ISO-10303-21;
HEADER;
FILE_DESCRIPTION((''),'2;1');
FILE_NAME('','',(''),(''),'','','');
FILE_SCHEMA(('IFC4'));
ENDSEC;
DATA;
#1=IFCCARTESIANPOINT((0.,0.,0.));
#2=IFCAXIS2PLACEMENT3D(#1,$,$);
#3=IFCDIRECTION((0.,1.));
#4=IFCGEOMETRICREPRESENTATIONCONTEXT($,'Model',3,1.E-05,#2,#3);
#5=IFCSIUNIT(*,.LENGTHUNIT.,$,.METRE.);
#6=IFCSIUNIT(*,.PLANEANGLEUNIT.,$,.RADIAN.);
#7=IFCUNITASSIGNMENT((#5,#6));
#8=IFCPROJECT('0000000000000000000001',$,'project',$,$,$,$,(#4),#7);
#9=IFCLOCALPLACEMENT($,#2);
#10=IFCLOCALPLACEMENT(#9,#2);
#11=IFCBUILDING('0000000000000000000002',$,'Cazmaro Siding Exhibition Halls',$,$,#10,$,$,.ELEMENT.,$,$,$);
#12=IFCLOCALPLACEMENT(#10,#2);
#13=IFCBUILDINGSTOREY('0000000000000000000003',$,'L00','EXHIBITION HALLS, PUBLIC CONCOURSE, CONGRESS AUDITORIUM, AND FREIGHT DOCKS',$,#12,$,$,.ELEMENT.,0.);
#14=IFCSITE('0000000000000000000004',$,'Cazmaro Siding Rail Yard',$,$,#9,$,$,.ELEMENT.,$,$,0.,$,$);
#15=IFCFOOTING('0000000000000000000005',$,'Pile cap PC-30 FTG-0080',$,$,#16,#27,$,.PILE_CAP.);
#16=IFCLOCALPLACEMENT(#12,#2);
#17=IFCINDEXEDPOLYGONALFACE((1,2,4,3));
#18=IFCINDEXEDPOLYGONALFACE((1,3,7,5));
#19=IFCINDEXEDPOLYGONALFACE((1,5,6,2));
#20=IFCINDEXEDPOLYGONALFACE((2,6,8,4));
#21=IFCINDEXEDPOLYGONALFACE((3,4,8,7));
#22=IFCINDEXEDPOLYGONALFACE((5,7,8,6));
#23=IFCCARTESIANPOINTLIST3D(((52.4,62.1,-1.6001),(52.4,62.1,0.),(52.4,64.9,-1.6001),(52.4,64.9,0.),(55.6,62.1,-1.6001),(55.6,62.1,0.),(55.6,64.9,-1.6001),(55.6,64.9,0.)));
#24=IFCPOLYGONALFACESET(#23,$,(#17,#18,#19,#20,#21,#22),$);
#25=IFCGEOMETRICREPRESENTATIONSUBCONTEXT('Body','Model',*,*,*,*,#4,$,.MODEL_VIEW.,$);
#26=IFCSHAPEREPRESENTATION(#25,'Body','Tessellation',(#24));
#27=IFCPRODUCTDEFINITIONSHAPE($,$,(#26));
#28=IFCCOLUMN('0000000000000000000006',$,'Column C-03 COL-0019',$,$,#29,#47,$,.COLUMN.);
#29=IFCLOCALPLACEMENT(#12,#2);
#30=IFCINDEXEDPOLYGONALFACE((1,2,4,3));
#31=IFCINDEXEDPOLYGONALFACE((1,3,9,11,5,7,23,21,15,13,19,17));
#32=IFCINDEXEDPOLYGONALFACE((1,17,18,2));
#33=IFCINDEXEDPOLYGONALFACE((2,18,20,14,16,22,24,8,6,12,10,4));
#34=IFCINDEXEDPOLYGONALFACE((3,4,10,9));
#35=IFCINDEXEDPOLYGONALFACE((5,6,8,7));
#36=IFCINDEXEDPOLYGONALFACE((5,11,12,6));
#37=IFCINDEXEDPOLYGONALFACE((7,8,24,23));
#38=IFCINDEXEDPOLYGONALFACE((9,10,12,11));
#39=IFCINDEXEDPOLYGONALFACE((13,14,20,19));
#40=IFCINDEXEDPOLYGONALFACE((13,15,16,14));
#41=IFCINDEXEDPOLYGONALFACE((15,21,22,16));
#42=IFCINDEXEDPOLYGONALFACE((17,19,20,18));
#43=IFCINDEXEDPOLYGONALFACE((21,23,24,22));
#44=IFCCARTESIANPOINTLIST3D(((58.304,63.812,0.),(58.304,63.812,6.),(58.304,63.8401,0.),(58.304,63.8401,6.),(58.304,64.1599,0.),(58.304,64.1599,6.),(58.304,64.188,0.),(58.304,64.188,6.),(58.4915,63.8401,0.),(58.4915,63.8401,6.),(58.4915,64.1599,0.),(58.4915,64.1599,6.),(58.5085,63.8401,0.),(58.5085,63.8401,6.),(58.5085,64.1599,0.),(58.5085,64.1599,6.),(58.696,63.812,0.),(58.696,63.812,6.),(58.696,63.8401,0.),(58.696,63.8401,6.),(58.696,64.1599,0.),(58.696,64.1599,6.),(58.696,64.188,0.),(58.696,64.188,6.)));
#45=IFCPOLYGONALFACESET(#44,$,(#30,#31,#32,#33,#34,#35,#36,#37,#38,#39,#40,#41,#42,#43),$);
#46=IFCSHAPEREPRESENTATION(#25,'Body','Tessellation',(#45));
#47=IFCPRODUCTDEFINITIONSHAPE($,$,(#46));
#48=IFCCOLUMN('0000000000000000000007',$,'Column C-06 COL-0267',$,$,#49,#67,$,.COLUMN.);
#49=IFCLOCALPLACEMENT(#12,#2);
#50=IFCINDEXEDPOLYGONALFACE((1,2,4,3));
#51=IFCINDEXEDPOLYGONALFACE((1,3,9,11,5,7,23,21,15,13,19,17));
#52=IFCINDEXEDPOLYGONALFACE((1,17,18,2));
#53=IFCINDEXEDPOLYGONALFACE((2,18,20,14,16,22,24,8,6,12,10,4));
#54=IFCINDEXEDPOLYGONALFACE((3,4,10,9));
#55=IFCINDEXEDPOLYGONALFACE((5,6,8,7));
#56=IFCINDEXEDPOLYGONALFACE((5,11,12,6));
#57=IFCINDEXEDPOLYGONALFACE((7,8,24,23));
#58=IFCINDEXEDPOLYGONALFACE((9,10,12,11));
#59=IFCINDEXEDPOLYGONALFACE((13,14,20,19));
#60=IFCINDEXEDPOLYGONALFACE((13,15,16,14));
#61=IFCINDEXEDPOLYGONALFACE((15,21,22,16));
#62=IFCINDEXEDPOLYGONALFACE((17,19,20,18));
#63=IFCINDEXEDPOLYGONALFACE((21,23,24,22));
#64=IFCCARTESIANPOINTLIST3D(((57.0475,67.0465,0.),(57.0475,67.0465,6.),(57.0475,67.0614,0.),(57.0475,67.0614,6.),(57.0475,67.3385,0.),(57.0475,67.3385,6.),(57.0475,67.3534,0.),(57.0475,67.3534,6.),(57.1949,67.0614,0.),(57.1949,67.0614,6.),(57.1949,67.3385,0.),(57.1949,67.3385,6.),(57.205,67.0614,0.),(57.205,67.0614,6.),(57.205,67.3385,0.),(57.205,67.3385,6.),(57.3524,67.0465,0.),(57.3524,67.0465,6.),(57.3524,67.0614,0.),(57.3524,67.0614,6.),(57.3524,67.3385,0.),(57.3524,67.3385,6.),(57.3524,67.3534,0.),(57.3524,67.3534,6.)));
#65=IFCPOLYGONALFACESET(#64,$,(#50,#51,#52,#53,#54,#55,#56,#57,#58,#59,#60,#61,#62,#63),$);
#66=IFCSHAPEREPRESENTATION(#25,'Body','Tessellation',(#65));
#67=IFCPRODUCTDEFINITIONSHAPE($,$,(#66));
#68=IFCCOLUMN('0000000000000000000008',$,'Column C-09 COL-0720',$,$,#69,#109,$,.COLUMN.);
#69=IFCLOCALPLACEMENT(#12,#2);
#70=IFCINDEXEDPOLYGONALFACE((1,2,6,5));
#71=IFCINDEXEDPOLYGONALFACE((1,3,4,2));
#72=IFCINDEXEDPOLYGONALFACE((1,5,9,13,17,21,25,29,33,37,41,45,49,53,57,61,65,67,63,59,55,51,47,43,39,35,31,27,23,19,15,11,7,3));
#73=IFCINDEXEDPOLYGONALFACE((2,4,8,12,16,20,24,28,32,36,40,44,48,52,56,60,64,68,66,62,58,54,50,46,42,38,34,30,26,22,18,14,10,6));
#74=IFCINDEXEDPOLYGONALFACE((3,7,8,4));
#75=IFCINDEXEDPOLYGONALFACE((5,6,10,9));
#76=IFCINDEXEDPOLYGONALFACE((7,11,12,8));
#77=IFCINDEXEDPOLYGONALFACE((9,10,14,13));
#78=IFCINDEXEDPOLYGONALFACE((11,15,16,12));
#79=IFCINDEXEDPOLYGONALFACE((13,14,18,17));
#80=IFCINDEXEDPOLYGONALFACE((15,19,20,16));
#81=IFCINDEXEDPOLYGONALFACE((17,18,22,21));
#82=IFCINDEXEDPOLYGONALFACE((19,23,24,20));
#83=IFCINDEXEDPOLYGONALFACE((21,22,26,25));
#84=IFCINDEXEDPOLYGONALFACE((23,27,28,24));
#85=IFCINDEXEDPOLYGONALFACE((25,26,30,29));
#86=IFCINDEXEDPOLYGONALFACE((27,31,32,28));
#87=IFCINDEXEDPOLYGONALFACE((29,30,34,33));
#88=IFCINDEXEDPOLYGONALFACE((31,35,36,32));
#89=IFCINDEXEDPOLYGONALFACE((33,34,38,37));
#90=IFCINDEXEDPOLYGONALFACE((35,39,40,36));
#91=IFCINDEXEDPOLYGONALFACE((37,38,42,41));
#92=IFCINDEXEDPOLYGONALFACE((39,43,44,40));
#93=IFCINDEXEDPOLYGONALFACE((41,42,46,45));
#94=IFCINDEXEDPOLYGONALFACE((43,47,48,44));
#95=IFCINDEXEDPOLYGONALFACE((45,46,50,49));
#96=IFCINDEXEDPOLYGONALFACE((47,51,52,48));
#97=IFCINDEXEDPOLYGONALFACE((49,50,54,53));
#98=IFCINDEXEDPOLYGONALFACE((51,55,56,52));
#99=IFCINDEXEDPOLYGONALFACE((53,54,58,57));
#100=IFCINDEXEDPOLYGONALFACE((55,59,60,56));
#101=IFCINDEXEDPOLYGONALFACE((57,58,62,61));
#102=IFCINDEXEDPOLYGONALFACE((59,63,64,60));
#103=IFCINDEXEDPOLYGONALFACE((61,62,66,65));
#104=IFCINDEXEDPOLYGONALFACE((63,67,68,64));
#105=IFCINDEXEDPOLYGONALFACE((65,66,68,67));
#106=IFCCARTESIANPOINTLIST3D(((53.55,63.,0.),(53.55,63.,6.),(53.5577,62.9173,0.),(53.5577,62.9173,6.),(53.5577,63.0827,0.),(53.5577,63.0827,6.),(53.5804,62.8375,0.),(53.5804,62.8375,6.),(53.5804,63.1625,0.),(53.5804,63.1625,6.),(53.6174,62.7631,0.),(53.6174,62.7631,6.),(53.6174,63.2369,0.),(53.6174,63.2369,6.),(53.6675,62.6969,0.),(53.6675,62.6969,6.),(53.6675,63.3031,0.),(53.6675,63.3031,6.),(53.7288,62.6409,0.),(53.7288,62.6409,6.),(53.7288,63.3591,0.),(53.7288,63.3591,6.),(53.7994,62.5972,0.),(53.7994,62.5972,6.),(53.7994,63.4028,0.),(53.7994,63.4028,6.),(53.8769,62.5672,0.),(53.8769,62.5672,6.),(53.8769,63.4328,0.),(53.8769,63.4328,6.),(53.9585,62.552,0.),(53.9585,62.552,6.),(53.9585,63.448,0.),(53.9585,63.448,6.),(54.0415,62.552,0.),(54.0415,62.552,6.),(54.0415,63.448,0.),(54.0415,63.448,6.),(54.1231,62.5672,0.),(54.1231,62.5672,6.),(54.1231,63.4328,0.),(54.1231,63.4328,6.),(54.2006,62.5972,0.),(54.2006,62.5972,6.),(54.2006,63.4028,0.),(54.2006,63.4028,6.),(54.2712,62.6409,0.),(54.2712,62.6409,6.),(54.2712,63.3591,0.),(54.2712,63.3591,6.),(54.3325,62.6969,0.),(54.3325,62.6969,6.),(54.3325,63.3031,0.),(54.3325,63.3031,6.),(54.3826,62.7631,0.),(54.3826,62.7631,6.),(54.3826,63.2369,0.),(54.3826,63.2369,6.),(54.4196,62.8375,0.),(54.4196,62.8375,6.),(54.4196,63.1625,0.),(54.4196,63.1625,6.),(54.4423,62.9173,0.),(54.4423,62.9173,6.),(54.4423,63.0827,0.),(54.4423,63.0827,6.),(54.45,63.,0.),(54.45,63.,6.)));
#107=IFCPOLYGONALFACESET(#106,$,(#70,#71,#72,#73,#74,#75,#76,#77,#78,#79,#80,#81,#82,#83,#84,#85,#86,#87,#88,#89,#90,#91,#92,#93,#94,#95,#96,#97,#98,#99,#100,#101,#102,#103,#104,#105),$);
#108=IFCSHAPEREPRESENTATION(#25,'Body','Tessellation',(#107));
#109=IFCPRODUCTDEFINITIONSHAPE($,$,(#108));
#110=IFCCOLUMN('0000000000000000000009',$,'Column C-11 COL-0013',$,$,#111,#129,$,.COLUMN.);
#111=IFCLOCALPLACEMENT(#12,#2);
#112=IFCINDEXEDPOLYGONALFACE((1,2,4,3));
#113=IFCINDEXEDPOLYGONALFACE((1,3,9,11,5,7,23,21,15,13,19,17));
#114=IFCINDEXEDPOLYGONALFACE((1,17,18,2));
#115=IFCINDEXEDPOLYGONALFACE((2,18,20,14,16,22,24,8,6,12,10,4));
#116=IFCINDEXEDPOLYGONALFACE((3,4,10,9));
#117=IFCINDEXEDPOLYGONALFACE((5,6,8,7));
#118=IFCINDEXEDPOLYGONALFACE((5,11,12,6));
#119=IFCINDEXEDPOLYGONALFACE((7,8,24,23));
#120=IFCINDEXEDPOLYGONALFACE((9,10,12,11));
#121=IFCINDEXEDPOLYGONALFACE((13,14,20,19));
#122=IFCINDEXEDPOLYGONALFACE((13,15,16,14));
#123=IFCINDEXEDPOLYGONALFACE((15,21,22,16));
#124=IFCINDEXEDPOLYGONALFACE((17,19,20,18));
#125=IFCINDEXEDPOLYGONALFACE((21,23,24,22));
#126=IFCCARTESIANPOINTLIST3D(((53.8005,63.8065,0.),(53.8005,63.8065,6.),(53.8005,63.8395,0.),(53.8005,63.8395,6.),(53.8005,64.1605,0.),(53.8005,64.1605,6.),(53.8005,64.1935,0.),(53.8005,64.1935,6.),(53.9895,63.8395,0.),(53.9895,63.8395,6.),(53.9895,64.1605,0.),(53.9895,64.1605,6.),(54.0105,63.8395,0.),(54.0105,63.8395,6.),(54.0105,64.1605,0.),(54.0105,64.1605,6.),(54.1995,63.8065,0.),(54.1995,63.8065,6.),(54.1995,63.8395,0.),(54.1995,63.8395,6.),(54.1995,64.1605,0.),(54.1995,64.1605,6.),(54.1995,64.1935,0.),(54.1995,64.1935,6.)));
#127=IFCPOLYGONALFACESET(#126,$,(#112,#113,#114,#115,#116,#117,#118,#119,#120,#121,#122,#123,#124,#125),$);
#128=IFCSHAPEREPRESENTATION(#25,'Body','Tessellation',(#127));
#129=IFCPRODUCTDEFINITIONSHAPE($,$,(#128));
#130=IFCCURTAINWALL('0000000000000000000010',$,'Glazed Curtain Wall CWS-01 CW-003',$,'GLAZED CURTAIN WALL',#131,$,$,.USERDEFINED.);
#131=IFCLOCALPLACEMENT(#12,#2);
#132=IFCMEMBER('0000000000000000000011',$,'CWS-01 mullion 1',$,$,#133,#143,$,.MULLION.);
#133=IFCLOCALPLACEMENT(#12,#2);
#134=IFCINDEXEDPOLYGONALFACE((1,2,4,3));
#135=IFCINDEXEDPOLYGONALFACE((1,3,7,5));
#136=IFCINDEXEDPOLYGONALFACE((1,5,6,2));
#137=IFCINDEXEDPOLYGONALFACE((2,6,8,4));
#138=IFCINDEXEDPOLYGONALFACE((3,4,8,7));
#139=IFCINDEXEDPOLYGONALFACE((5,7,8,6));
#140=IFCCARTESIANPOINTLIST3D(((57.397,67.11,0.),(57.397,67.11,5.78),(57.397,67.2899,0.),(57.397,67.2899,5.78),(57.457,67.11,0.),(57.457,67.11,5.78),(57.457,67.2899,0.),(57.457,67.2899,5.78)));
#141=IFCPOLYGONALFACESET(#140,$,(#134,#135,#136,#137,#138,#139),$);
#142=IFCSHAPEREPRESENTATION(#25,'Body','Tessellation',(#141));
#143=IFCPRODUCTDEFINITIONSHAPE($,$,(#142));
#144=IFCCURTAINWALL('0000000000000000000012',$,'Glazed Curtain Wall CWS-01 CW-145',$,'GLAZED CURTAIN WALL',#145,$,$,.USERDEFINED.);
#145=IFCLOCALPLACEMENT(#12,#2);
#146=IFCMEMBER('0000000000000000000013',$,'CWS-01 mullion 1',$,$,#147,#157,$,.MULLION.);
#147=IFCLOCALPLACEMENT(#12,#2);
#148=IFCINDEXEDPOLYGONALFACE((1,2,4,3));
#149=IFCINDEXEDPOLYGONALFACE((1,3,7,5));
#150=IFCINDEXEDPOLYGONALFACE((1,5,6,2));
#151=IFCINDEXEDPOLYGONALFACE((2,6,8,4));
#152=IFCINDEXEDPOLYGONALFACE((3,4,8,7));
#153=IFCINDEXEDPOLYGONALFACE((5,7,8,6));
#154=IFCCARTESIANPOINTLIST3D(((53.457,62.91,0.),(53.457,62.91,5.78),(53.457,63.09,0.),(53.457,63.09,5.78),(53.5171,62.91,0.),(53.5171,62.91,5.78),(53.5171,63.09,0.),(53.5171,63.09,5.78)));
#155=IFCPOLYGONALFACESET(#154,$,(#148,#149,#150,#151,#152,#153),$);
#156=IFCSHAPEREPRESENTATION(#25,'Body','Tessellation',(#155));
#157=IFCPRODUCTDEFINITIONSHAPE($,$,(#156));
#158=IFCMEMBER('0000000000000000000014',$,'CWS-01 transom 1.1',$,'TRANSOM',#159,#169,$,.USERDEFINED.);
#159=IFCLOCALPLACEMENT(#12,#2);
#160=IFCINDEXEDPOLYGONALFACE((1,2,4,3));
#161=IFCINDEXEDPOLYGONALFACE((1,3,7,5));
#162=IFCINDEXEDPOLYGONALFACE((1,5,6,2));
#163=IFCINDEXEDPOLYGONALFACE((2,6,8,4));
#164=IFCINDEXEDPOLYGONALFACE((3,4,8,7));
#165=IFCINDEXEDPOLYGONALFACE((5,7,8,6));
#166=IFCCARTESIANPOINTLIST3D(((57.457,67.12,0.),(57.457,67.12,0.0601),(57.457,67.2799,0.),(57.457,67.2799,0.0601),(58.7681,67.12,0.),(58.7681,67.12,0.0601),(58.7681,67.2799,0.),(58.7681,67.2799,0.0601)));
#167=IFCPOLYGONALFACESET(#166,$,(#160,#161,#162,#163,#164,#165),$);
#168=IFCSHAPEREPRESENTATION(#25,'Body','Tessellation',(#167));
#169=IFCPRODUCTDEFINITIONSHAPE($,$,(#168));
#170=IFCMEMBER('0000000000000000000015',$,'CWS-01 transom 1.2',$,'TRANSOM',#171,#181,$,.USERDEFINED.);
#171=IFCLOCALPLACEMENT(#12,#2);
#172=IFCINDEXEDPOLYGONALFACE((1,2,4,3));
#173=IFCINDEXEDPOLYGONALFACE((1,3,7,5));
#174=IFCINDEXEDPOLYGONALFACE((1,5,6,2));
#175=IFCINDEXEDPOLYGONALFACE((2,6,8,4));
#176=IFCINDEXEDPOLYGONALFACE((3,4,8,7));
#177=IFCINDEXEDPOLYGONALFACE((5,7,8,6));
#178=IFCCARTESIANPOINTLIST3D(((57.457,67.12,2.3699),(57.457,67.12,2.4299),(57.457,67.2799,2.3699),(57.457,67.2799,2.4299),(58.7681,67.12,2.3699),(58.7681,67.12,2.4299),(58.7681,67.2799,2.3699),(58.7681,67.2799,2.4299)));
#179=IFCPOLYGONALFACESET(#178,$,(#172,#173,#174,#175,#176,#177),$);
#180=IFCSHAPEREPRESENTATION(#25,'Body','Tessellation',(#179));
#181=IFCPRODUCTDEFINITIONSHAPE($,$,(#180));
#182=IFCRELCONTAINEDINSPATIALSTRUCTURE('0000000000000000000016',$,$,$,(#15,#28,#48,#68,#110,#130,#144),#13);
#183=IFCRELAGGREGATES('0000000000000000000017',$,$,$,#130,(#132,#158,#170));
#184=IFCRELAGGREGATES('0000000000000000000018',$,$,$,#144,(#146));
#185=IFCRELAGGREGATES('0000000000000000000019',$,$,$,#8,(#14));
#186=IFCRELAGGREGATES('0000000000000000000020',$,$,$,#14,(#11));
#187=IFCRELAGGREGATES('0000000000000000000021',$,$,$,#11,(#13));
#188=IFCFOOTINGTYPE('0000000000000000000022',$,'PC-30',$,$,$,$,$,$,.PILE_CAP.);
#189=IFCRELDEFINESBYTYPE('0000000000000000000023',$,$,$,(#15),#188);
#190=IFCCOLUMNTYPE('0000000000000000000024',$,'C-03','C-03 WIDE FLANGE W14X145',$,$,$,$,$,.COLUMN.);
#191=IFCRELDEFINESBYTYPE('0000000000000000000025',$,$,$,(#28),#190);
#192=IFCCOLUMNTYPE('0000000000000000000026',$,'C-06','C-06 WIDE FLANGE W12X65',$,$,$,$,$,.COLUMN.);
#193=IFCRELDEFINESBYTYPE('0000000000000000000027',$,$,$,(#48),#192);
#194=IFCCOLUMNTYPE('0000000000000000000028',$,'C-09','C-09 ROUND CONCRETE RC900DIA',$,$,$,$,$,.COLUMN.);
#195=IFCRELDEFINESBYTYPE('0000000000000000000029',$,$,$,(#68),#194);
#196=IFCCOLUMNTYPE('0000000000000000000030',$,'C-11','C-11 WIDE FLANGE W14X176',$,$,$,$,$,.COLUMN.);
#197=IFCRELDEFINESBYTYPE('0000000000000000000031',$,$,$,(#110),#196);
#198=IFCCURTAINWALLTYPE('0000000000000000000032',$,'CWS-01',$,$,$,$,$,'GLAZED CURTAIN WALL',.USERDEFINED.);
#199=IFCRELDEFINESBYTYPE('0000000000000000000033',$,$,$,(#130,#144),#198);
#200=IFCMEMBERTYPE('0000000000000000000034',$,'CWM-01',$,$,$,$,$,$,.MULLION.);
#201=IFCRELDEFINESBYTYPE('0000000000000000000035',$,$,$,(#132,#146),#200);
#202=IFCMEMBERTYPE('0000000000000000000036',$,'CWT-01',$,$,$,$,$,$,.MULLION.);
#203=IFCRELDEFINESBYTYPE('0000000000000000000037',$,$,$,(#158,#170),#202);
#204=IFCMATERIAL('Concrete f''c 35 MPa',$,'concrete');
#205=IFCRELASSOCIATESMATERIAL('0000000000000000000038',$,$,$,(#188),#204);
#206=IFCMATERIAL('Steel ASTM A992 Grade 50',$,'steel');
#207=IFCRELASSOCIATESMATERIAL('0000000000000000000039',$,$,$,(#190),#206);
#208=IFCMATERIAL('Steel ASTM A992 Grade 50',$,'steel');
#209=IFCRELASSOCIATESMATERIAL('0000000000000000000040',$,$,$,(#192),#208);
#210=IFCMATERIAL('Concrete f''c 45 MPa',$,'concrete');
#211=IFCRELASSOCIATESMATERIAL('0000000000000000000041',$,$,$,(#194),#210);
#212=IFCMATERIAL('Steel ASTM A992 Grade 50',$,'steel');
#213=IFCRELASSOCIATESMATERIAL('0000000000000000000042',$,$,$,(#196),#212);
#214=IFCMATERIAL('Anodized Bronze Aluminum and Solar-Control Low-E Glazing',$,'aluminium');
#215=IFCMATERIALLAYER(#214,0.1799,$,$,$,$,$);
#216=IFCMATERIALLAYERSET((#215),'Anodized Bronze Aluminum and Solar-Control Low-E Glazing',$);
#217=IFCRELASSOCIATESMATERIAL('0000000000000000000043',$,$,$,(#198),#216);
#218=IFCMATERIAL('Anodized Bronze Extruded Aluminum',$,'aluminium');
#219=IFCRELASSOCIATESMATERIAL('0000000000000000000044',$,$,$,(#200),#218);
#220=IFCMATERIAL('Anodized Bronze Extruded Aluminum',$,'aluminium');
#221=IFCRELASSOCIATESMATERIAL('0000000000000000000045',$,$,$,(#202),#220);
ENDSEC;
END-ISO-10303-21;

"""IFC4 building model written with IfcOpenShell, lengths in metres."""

from ifc_helpers import new_model, si_unit, direction, frame, origin, origin_2d, place, context, subcontext, project, spatial, rectangle, circle, i_section, extrude, material, layer, layer_set, material_profile, profile_set, type_object, element, aggregate, save


model = new_model("IFC4")

# Units and contexts
model_context = context("Model", 3, precision=1e-05, world=origin(), true_north=direction((0.0, 1.0)))
body_context = subcontext(model_context, "Body", "Model", "MODEL_VIEW")
ifc_project = project(units=[si_unit("LENGTHUNIT", "METRE"), si_unit("PLANEANGLEUNIT", "RADIAN")], contexts=[model_context])

# Site, building, storey
site_placement = place(None, origin())
site = spatial("IfcSite", under=ifc_project, at=site_placement, Name="Cazmaro Siding Rail Yard", CompositionType="ELEMENT", RefElevation=0.0)
building_placement = place(site_placement, origin())
building = spatial("IfcBuilding", under=site, at=building_placement, Name="Cazmaro Siding Exhibition Halls", CompositionType="ELEMENT")
storey_placement = place(building_placement, origin())
storey = spatial("IfcBuildingStorey", under=building, at=storey_placement, Name="L00", Description="EXHIBITION HALLS, PUBLIC CONCOURSE, CONGRESS AUDITORIUM, AND FREIGHT DOCKS", CompositionType="ELEMENT", Elevation=0.0)

# Footing
ifc_material_1 = material(Name="Concrete f'c 35 MPa", Category="concrete")
footing_type_1 = type_object("IfcFootingType", Name="PC-30", PredefinedType="PILE_CAP", material=ifc_material_1)
footing_1_placement = place(storey_placement, frame((54.0, 63.5, -1.6001), z_axis=(0.0, 0.0, 1.0), x_axis=(1.0, 0.0, 0.0)))
element("IfcFooting", 1, at=footing_1_placement, inside=storey, type_object=footing_type_1, Name="Pile cap PC-30 FTG-0080", PredefinedType="PILE_CAP", context=body_context, shape_type="SweptSolid", body=[
    extrude(rectangle(XDim=3.2, YDim=2.8, at=origin_2d()), origin(), (0.0, 0.0, 1.0), 1.6001),
])

# Columns
ifc_material_2 = material(Name="Steel ASTM A992 Grade 50", Category="steel")
ifc_material_profile_1 = material_profile(ifc_material_2, i_section(OverallWidth=0.3921, OverallDepth=0.376, WebThickness=0.0171, FlangeThickness=0.0281, at=origin_2d()), Name="W14X145")
ifc_profile_set_1 = profile_set([ifc_material_profile_1], Name="Steel ASTM A992 Grade 50")
column_type_1 = type_object("IfcColumnType", Name="C-03", Description="C-03 WIDE FLANGE W14X145", PredefinedType="COLUMN", material=ifc_profile_set_1)
column_1_placement = place(storey_placement, frame((58.5, 64.0, 0.0), z_axis=(0.0, 0.0, 1.0), x_axis=(1.0, 0.0, 0.0)))
element("IfcColumn", 2, at=column_1_placement, inside=storey, type_object=column_type_1, Name="Column C-03 COL-0019", PredefinedType="COLUMN", context=body_context, shape_type="SweptSolid", body=[
    extrude(i_section(OverallWidth=0.3921, OverallDepth=0.376, WebThickness=0.0171, FlangeThickness=0.0281, at=origin_2d()), origin(), (0.0, 0.0, 1.0), 6.0),
])
ifc_material_3 = material(Name="Steel ASTM A992 Grade 50", Category="steel")
ifc_material_profile_2 = material_profile(ifc_material_3, i_section(OverallWidth=0.3049, OverallDepth=0.3069, WebThickness=0.01, FlangeThickness=0.0149, at=origin_2d()), Name="W12X65")
ifc_profile_set_2 = profile_set([ifc_material_profile_2], Name="Steel ASTM A992 Grade 50")
column_type_2 = type_object("IfcColumnType", Name="C-06", Description="C-06 WIDE FLANGE W12X65", PredefinedType="COLUMN", material=ifc_profile_set_2)
column_2_placement = place(storey_placement, frame((57.2, 67.2, 0.0), z_axis=(0.0, 0.0, 1.0), x_axis=(1.0, 0.0, 0.0)))
element("IfcColumn", 3, at=column_2_placement, inside=storey, type_object=column_type_2, Name="Column C-06 COL-0267", PredefinedType="COLUMN", context=body_context, shape_type="SweptSolid", body=[
    extrude(i_section(OverallWidth=0.3049, OverallDepth=0.3069, WebThickness=0.01, FlangeThickness=0.0149, at=origin_2d()), origin(), (0.0, 0.0, 1.0), 6.0),
])
ifc_material_4 = material(Name="Concrete f'c 45 MPa", Category="concrete")
ifc_material_profile_3 = material_profile(ifc_material_4, circle(Radius=0.45, at=origin_2d()), Name="RC900DIA")
ifc_profile_set_3 = profile_set([ifc_material_profile_3], Name="Concrete f'c 45 MPa")
column_type_3 = type_object("IfcColumnType", Name="C-09", Description="C-09 ROUND CONCRETE RC900DIA", PredefinedType="COLUMN", material=ifc_profile_set_3)
column_3_placement = place(storey_placement, frame((54.0, 63.0, 0.0), z_axis=(0.0, 0.0, 1.0), x_axis=(1.0, 0.0, 0.0)))
element("IfcColumn", 4, at=column_3_placement, inside=storey, type_object=column_type_3, Name="Column C-09 COL-0720", PredefinedType="COLUMN", context=body_context, shape_type="SweptSolid", body=[
    extrude(circle(Radius=0.45, at=origin_2d()), origin(), (0.0, 0.0, 1.0), 6.0),
])
ifc_material_5 = material(Name="Steel ASTM A992 Grade 50", Category="steel")
ifc_material_profile_4 = material_profile(ifc_material_5, i_section(OverallWidth=0.3989, OverallDepth=0.387, WebThickness=0.021, FlangeThickness=0.033, at=origin_2d()), Name="W14X176")
ifc_profile_set_4 = profile_set([ifc_material_profile_4], Name="Steel ASTM A992 Grade 50")
column_type_4 = type_object("IfcColumnType", Name="C-11", Description="C-11 WIDE FLANGE W14X176", PredefinedType="COLUMN", material=ifc_profile_set_4)
column_4_placement = place(storey_placement, frame((54.0, 64.0, 0.0), z_axis=(0.0, 0.0, 1.0), x_axis=(1.0, 0.0, 0.0)))
element("IfcColumn", 5, at=column_4_placement, inside=storey, type_object=column_type_4, Name="Column C-11 COL-0013", PredefinedType="COLUMN", context=body_context, shape_type="SweptSolid", body=[
    extrude(i_section(OverallWidth=0.3989, OverallDepth=0.387, WebThickness=0.021, FlangeThickness=0.033, at=origin_2d()), origin(), (0.0, 0.0, 1.0), 6.0),
])

# Curtain walls, members
ifc_material_6 = material(Name="Anodized Bronze Aluminum and Solar-Control Low-E Glazing", Category="aluminium")
ifc_layer_1 = layer(ifc_material_6, 0.1799)
ifc_layer_set_1 = layer_set([ifc_layer_1], Name="Anodized Bronze Aluminum and Solar-Control Low-E Glazing")
curtain_wall_type = type_object("IfcCurtainWallType", Name="CWS-01", ElementType="GLAZED CURTAIN WALL", PredefinedType="USERDEFINED", material=ifc_layer_set_1)
curtain_wall_1_placement = place(storey_placement, origin())
curtain_wall_1 = element("IfcCurtainWall", 6, at=curtain_wall_1_placement, inside=storey, type_object=curtain_wall_type, Name="Glazed Curtain Wall CWS-01 CW-003", ObjectType="GLAZED CURTAIN WALL", PredefinedType="USERDEFINED")
ifc_material_7 = material(Name="Anodized Bronze Extruded Aluminum", Category="aluminium")
ifc_material_profile_5 = material_profile(ifc_material_7, rectangle(XDim=0.1799, YDim=0.0601, at=origin_2d()), Name="CWM-01")
ifc_profile_set_5 = profile_set([ifc_material_profile_5], Name="Anodized Bronze Extruded Aluminum")
member_type_1 = type_object("IfcMemberType", Name="CWM-01", PredefinedType="MULLION", material=ifc_profile_set_5)
member_1_placement = place(storey_placement, frame((57.427, 67.2, 0.0), z_axis=(0.0, 0.0, 1.0), x_axis=(0.0, 1.0, 0.0)))
member_1 = element("IfcMember", 7, at=member_1_placement, type_object=member_type_1, Name="CWS-01 mullion 1", PredefinedType="MULLION", context=body_context, shape_type="SweptSolid", body=[
    extrude(rectangle(XDim=0.1799, YDim=0.0601, at=origin_2d()), origin(), (0.0, 0.0, 1.0), 5.78),
])
curtain_wall_2_placement = place(storey_placement, origin())
curtain_wall_2 = element("IfcCurtainWall", 8, at=curtain_wall_2_placement, inside=storey, type_object=curtain_wall_type, Name="Glazed Curtain Wall CWS-01 CW-145", ObjectType="GLAZED CURTAIN WALL", PredefinedType="USERDEFINED")
member_2_placement = place(storey_placement, frame((53.4871, 63.0, 0.0), z_axis=(0.0, 0.0, 1.0), x_axis=(0.0, -1.0, 0.0)))
member_2 = element("IfcMember", 9, at=member_2_placement, type_object=member_type_1, Name="CWS-01 mullion 1", PredefinedType="MULLION", context=body_context, shape_type="SweptSolid", body=[
    extrude(rectangle(XDim=0.1799, YDim=0.0601, at=origin_2d()), origin(), (0.0, 0.0, 1.0), 5.78),
])

# Members
ifc_material_8 = material(Name="Anodized Bronze Extruded Aluminum", Category="aluminium")
ifc_material_profile_6 = material_profile(ifc_material_8, rectangle(XDim=0.1599, YDim=0.0601, at=origin_2d()), Name="CWT-01")
ifc_profile_set_6 = profile_set([ifc_material_profile_6], Name="Anodized Bronze Extruded Aluminum")
member_type_2 = type_object("IfcMemberType", Name="CWT-01", PredefinedType="MULLION", material=ifc_profile_set_6)
member_3_placement = place(storey_placement, frame((57.457, 67.2, 0.03), z_axis=(1.0, 0.0, 0.0), x_axis=(0.0, 1.0, 0.0)))
member_3 = element("IfcMember", 10, at=member_3_placement, type_object=member_type_2, Name="CWS-01 transom 1.1", ObjectType="TRANSOM", PredefinedType="USERDEFINED", context=body_context, shape_type="SweptSolid", body=[
    extrude(rectangle(XDim=0.1599, YDim=0.0601, at=origin_2d()), origin(), (0.0, 0.0, 1.0), 1.311),
])
member_4_placement = place(storey_placement, frame((57.457, 67.2, 2.3999), z_axis=(1.0, 0.0, 0.0), x_axis=(0.0, 1.0, 0.0)))
member_4 = element("IfcMember", 11, at=member_4_placement, type_object=member_type_2, Name="CWS-01 transom 1.2", ObjectType="TRANSOM", PredefinedType="USERDEFINED", context=body_context, shape_type="SweptSolid", body=[
    extrude(rectangle(XDim=0.1599, YDim=0.0601, at=origin_2d()), origin(), (0.0, 0.0, 1.0), 1.311),
])
aggregate(curtain_wall_1, [member_1, member_3, member_4])
aggregate(curtain_wall_2, [member_2])

save(model, "model.ifc")
